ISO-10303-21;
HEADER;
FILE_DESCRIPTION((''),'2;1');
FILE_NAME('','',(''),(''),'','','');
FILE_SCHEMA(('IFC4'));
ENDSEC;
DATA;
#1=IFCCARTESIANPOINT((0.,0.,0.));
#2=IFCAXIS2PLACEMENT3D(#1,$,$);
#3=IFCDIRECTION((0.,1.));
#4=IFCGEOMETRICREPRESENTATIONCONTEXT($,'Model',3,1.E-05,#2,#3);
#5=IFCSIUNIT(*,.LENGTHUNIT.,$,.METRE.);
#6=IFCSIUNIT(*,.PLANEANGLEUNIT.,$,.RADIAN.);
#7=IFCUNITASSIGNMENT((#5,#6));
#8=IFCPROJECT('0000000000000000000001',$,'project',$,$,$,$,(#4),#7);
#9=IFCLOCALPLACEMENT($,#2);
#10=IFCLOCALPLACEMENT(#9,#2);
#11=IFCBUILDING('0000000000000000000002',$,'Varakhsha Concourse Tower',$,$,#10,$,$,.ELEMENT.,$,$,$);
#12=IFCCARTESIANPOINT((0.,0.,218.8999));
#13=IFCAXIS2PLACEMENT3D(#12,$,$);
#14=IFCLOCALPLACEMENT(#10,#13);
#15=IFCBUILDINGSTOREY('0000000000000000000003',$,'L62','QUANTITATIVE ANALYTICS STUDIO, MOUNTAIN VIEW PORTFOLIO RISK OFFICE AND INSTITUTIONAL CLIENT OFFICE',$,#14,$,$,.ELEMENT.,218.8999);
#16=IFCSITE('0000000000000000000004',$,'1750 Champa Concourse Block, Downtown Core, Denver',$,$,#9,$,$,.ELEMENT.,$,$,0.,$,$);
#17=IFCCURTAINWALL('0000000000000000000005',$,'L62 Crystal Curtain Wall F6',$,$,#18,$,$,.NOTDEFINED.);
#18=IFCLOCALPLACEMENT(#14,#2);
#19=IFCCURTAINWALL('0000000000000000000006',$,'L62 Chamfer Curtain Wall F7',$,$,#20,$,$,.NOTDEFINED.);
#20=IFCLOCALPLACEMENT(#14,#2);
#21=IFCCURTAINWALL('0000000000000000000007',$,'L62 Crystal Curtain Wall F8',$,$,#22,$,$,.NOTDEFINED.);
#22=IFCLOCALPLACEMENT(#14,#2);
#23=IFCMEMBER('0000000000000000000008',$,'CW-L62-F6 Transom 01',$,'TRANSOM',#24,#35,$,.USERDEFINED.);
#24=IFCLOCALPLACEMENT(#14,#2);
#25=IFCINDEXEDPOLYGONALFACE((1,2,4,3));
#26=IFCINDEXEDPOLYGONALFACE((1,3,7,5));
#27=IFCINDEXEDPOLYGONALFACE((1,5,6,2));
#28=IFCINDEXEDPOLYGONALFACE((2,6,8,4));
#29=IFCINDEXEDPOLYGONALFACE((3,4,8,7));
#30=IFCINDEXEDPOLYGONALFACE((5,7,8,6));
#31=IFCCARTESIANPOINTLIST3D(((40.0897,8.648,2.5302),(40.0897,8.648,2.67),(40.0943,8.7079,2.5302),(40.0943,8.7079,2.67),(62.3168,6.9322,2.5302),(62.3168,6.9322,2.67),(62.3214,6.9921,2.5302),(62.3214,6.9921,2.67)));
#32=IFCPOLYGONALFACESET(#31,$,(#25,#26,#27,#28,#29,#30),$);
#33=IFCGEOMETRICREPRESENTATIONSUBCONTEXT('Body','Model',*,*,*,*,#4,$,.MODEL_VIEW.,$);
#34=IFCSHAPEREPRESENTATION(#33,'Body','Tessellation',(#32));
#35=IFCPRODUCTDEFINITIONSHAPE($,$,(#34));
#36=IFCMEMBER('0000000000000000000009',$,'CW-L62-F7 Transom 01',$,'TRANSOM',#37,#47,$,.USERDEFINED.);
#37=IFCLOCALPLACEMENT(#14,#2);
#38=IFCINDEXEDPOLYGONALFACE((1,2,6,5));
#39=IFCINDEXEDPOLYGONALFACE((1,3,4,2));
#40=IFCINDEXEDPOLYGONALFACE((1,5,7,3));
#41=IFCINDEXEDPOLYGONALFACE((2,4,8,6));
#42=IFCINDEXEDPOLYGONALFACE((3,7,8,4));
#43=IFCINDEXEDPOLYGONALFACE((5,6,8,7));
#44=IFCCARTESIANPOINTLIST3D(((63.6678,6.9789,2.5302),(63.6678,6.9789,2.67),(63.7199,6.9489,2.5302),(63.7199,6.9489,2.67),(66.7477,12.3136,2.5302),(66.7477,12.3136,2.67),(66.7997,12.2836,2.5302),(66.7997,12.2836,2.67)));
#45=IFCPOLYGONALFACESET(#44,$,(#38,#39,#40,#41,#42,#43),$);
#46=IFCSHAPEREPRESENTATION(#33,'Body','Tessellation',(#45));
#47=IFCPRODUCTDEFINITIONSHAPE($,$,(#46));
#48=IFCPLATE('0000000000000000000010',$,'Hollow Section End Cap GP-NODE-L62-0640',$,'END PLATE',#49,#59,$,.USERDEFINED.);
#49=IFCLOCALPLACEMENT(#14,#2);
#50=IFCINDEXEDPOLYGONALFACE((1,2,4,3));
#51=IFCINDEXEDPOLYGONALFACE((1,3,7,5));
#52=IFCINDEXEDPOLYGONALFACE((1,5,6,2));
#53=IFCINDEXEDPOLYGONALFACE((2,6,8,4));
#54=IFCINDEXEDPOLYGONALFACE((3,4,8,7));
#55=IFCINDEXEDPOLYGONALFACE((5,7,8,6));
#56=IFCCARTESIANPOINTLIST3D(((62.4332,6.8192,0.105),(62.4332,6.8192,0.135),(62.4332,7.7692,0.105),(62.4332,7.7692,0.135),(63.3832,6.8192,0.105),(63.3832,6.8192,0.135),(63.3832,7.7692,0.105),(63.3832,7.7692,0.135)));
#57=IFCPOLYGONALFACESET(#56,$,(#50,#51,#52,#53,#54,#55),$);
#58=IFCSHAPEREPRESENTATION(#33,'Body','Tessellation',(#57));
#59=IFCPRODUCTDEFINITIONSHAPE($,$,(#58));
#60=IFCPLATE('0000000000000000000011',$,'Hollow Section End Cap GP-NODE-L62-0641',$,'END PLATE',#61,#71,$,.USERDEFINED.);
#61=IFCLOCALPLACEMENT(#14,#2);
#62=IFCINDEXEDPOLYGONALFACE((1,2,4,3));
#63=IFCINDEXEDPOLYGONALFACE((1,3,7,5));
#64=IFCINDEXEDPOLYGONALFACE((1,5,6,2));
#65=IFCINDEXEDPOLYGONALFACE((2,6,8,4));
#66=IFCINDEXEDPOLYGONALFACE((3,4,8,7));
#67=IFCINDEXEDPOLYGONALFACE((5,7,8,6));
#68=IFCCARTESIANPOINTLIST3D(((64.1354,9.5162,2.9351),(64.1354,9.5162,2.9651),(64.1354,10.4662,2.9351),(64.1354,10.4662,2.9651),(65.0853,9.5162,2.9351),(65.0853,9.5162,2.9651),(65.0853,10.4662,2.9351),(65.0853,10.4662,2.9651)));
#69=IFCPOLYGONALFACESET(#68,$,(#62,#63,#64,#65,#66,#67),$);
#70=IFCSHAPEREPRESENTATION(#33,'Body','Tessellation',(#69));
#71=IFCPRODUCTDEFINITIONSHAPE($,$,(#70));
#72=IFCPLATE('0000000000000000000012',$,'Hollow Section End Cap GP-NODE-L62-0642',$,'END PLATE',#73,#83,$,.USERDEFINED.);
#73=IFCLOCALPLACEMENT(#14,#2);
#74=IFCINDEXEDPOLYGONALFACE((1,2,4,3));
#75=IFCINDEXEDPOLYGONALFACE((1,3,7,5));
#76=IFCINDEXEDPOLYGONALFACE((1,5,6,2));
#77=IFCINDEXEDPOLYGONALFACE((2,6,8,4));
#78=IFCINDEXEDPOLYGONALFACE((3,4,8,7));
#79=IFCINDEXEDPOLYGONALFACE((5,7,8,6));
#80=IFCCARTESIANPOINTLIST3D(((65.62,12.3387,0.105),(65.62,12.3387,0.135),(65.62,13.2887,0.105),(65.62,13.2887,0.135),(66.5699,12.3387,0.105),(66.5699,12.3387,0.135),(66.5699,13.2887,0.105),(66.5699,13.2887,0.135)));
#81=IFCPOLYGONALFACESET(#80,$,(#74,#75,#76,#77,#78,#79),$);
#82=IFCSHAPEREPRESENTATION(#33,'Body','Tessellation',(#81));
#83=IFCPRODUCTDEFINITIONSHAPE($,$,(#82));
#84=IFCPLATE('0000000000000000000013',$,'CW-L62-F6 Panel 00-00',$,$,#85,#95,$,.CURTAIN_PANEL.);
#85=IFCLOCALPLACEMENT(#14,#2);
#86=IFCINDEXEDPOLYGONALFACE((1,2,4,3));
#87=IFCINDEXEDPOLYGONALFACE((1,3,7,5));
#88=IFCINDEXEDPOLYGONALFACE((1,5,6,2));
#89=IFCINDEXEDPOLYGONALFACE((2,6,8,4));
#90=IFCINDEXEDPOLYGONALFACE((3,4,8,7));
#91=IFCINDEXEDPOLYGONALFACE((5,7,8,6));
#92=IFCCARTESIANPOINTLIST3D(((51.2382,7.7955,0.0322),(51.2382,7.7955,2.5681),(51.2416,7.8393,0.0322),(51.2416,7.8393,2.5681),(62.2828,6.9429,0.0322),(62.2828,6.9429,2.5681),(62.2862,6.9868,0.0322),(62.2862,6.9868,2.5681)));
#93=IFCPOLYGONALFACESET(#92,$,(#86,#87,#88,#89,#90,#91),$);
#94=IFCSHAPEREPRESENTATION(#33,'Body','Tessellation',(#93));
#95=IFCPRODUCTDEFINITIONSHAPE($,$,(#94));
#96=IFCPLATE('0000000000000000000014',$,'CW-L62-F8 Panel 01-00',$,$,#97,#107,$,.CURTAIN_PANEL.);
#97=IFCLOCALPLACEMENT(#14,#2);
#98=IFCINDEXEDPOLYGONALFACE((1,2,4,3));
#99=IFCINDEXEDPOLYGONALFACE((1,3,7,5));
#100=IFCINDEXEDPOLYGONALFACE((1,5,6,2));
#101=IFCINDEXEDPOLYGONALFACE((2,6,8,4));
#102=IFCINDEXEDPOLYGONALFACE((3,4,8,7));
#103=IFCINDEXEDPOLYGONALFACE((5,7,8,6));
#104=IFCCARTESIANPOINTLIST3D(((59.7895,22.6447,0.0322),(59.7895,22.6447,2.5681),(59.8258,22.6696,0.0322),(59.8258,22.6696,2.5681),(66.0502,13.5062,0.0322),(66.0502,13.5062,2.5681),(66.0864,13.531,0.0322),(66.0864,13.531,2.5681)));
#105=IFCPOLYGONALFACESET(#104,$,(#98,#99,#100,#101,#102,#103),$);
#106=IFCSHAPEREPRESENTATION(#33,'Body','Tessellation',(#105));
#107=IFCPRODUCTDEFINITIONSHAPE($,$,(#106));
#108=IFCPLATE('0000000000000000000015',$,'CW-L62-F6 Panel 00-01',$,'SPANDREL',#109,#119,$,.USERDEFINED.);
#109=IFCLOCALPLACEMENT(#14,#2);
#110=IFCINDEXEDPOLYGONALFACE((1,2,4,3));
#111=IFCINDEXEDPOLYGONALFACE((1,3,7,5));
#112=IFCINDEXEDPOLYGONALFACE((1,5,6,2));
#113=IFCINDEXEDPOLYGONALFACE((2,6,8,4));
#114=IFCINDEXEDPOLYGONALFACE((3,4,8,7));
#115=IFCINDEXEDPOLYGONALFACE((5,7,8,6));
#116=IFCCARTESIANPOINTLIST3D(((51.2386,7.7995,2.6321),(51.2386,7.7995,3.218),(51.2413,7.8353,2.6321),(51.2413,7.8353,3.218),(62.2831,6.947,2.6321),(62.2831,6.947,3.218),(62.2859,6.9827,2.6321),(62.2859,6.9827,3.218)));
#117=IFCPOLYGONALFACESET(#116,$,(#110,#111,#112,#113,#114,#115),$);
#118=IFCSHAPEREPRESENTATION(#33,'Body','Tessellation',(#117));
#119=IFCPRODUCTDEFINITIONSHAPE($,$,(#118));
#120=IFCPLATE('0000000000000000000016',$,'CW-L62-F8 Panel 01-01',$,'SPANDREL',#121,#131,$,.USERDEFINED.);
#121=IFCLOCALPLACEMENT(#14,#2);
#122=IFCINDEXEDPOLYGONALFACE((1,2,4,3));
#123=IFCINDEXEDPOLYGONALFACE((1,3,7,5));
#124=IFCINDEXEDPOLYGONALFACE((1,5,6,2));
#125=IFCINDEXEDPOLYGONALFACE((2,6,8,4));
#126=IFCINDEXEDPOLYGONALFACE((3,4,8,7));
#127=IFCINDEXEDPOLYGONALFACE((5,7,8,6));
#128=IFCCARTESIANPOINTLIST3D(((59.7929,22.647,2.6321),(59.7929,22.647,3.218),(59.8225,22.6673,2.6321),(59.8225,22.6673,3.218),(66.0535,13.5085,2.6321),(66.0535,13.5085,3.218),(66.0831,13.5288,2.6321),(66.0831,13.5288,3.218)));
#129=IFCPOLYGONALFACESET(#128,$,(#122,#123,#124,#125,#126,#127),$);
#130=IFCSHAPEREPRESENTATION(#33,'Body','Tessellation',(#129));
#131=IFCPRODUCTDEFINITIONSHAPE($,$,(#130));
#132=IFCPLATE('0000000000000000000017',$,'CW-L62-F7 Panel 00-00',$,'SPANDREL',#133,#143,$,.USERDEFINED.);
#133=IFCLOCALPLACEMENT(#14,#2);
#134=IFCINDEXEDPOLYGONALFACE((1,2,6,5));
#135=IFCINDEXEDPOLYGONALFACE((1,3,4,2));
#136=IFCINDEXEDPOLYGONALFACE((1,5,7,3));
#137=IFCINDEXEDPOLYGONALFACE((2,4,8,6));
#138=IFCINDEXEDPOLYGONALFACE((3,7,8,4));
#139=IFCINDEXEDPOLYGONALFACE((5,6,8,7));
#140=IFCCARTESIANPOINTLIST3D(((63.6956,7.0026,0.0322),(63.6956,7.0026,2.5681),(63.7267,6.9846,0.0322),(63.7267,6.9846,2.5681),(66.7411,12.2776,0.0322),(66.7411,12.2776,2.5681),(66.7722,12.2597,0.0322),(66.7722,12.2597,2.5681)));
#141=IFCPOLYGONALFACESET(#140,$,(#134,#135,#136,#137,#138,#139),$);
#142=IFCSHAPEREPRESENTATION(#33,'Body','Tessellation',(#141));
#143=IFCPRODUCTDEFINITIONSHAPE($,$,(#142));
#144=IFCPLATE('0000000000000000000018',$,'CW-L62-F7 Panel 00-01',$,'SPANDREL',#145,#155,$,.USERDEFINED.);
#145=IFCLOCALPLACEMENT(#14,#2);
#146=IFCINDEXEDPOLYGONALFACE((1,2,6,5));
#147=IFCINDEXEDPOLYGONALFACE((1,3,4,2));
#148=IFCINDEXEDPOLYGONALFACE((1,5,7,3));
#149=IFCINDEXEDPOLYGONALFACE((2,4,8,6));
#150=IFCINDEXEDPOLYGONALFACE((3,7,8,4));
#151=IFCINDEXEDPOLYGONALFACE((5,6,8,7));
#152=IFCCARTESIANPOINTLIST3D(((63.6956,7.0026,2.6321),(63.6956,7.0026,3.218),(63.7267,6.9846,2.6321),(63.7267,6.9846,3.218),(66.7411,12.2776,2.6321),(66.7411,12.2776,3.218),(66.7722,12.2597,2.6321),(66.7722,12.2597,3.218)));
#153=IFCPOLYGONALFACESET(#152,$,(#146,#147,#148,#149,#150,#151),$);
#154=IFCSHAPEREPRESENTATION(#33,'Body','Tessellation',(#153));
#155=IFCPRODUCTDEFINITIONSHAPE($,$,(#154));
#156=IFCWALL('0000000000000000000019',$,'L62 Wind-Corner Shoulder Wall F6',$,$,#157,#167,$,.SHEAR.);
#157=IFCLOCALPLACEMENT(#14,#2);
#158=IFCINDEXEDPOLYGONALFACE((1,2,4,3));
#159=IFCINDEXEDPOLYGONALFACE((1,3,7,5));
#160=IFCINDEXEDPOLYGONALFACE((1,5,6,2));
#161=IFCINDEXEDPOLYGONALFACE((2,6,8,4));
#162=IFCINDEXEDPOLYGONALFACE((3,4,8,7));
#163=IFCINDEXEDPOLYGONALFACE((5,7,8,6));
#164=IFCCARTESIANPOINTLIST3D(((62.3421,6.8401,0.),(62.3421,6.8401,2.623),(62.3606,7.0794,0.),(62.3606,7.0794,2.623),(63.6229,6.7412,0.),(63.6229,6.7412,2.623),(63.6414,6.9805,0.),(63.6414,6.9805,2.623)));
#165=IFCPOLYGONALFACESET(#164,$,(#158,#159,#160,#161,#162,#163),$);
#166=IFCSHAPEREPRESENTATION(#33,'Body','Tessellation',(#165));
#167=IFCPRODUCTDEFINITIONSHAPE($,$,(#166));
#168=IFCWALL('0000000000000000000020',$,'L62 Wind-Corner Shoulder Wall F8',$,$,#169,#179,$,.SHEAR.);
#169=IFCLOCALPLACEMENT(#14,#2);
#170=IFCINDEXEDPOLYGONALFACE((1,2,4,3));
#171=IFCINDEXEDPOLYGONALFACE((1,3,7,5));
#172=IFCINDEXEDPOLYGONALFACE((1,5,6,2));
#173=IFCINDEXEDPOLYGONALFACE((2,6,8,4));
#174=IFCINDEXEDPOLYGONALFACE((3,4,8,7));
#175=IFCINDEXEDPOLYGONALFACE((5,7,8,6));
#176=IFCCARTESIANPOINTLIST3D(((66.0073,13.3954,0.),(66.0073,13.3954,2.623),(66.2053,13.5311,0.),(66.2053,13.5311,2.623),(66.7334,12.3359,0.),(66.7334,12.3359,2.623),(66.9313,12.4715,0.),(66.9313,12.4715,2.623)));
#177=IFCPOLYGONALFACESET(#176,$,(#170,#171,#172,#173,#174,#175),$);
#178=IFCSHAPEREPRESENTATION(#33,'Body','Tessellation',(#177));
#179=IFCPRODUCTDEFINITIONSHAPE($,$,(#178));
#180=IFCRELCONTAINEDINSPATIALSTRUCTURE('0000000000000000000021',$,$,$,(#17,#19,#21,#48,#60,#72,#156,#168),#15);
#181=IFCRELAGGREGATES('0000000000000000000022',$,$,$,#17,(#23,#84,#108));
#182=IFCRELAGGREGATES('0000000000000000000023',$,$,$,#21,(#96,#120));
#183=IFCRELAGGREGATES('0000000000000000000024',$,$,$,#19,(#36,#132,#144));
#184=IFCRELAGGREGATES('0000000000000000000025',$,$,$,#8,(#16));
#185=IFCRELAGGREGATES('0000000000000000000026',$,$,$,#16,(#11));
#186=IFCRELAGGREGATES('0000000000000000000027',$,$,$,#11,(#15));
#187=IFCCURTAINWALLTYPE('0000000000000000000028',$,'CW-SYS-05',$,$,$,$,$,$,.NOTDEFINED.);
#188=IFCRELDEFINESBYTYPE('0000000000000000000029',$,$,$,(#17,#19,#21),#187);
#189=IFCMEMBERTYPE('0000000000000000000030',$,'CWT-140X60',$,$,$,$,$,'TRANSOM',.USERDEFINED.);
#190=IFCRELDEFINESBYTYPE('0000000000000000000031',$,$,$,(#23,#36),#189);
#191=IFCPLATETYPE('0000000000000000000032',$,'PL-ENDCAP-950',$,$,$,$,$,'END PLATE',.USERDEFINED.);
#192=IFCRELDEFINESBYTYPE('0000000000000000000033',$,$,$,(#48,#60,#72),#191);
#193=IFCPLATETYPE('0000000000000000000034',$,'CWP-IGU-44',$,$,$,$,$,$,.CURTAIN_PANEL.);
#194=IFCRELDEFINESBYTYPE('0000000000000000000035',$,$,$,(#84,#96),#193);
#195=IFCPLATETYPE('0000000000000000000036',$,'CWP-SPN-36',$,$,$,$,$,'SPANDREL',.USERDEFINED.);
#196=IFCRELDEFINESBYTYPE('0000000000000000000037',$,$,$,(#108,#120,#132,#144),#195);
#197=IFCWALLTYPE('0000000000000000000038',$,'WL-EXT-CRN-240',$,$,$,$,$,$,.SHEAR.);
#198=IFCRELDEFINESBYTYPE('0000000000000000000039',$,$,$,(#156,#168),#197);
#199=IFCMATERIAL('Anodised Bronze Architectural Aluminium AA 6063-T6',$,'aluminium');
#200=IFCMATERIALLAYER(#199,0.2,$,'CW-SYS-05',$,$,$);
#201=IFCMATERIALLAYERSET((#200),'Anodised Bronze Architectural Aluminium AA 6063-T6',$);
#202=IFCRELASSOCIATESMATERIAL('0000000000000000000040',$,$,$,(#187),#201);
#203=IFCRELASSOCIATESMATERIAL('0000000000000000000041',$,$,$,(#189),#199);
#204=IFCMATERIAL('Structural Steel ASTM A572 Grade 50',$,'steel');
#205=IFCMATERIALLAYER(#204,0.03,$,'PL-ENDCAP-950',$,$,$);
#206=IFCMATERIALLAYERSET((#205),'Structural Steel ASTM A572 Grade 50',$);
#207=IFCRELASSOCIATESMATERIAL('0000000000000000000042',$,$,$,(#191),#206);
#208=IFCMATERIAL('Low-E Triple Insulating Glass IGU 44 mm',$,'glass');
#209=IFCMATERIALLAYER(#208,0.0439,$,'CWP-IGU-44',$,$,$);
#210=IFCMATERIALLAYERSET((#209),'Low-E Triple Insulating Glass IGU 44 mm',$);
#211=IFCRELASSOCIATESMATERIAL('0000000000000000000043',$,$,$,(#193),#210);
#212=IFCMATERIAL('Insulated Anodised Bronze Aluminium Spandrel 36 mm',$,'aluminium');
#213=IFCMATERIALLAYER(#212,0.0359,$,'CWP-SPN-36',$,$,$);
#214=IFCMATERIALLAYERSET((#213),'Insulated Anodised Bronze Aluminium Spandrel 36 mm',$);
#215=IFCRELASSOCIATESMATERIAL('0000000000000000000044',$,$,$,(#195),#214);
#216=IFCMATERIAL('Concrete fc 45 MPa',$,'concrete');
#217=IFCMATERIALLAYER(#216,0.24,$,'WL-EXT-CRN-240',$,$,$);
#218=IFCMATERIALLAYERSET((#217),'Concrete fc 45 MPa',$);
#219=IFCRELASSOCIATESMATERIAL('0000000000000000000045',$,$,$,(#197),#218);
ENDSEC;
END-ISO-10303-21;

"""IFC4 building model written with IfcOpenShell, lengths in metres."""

from ifc_helpers import new_model, si_unit, direction, frame, frame_2d, origin, origin_2d, place, context, subcontext, project, spatial, rectangle, extrude, source, transform, mapped, material, layer, layer_set, material_profile, profile_set, type_object, type_shapes, element, aggregate, save


model = new_model("IFC4")

# Units and contexts
model_context = context("Model", 3, precision=1e-05, world=origin(), true_north=direction((0.0, 1.0)))
body_context = subcontext(model_context, "Body", "Model", "MODEL_VIEW")
ifc_project = project(units=[si_unit("LENGTHUNIT", "METRE"), si_unit("PLANEANGLEUNIT", "RADIAN")], contexts=[model_context])

# Site, building, storey
site_placement = place(None, origin())
site = spatial("IfcSite", under=ifc_project, at=site_placement, Name="1750 Champa Concourse Block, Downtown Core, Denver", CompositionType="ELEMENT", RefElevation=0.0)
building_placement = place(site_placement, origin())
building = spatial("IfcBuilding", under=site, at=building_placement, Name="Varakhsha Concourse Tower", CompositionType="ELEMENT")
storey_placement = place(building_placement, frame((0.0, 0.0, 218.8999)))
storey = spatial("IfcBuildingStorey", under=building, at=storey_placement, Name="L62", Description="QUANTITATIVE ANALYTICS STUDIO, MOUNTAIN VIEW PORTFOLIO RISK OFFICE AND INSTITUTIONAL CLIENT OFFICE", CompositionType="ELEMENT", Elevation=218.8999)

# Shared definitions
ifc_material_1 = material(Name="Structural Steel ASTM A572 Grade 50", Category="steel")

# Curtain wall
ifc_material_2 = material(Name="Anodised Bronze Architectural Aluminium AA 6063-T6", Category="aluminium")
ifc_layer_1 = layer(ifc_material_2, 0.2, Name="CW-SYS-05")
ifc_layer_set_1 = layer_set([ifc_layer_1], Name="Anodised Bronze Architectural Aluminium AA 6063-T6")
curtain_wall_type = type_object("IfcCurtainWallType", Name="CW-SYS-05", PredefinedType="NOTDEFINED", material=ifc_layer_set_1)
curtain_wall_1_placement = place(storey_placement, origin())
curtain_wall_1 = element("IfcCurtainWall", 1, at=curtain_wall_1_placement, inside=storey, type_object=curtain_wall_type, Name="L62 Crystal Curtain Wall F6", PredefinedType="NOTDEFINED")

# Curtain wall
curtain_wall_2_placement = place(storey_placement, origin())
curtain_wall_2 = element("IfcCurtainWall", 2, at=curtain_wall_2_placement, inside=storey, type_object=curtain_wall_type, Name="L62 Chamfer Curtain Wall F7", PredefinedType="NOTDEFINED")

# Curtain wall
curtain_wall_3_placement = place(storey_placement, origin())
curtain_wall_3 = element("IfcCurtainWall", 3, at=curtain_wall_3_placement, inside=storey, type_object=curtain_wall_type, Name="L62 Crystal Curtain Wall F8", PredefinedType="NOTDEFINED")

# Members
ifc_material_profile_1 = material_profile(ifc_material_2, rectangle(XDim=0.0601, YDim=0.1399, at=origin_2d()), Name="CWT-140X60")
ifc_profile_set_1 = profile_set([ifc_material_profile_1], Name="Anodised Bronze Architectural Aluminium AA 6063-T6")
member_type_1 = type_object("IfcMemberType", Name="CWT-140X60", ElementType="TRANSOM", PredefinedType="USERDEFINED", material=ifc_profile_set_1)
shared_shape_1 = source(origin(), body_context, "Body", "SweptSolid", [
    extrude(rectangle(XDim=0.0601, YDim=0.1399, at=origin_2d()), origin(), (0.0, 0.0, 1.0), 22.2932),
])
member_1_placement = place(storey_placement, frame((62.3191, 6.9622, 2.6001), z_axis=(-0.997034, 0.076966, 0.0), x_axis=(-0.076966, -0.997034, 0.0)))
member_1 = element("IfcMember", 4, at=member_1_placement, type_object=member_type_1, Name="CW-L62-F6 Transom 01", ObjectType="TRANSOM", PredefinedType="USERDEFINED", context=body_context, shape_type="MappedRepresentation", body=[
    mapped(shared_shape_1, transform((0.0, 0.0, 0.0), scale=1.0)),
])
shared_shape_2 = source(origin(), body_context, "Body", "SweptSolid", [
    extrude(rectangle(XDim=0.0601, YDim=0.1399, at=origin_2d()), origin(), (0.0, 0.0, 1.0), 6.1599),
])
type_shapes(member_type_1, [shared_shape_1, shared_shape_2])
member_2_placement = place(storey_placement, frame((66.7737, 12.2986, 2.6001), z_axis=(-0.49998, -0.866037, 0.0), x_axis=(0.866037, -0.49998, 0.0)))
member_2 = element("IfcMember", 5, at=member_2_placement, type_object=member_type_1, Name="CW-L62-F7 Transom 01", ObjectType="TRANSOM", PredefinedType="USERDEFINED", context=body_context, shape_type="MappedRepresentation", body=[
    mapped(shared_shape_2, transform((0.0, 0.0, 0.0), scale=1.0)),
])

# Plates
ifc_layer_2 = layer(ifc_material_1, 0.03, Name="PL-ENDCAP-950")
ifc_layer_set_2 = layer_set([ifc_layer_2], Name="Structural Steel ASTM A572 Grade 50")
plate_type_1 = type_object("IfcPlateType", Name="PL-ENDCAP-950", ElementType="END PLATE", PredefinedType="USERDEFINED", material=ifc_layer_set_2)
shared_shape_3 = source(origin(), body_context, "Body", "SweptSolid", [
    extrude(rectangle(XDim=0.95, YDim=0.95, at=origin_2d()), origin(), (0.0, 0.0, 1.0), 0.03),
])
type_shapes(plate_type_1, [shared_shape_3])
for number, where, z_axis, x_axis, name in (
    (6, (62.9082, 7.2942, 0.105), (0.0, 0.0, 1.0), (1.0, 0.0, 0.0), "Hollow Section End Cap GP-NODE-L62-0640"),
    (7, (64.6104, 9.9912, 2.9351), (0.0, 0.0, 1.0), (1.0, 0.0, 0.0), "Hollow Section End Cap GP-NODE-L62-0641"),
    (8, (66.095, 12.8137, 0.105), (0.0, 0.0, 1.0), (1.0, 0.0, 0.0), "Hollow Section End Cap GP-NODE-L62-0642"),
):
    element("IfcPlate", number, at=place(storey_placement, frame(where, z_axis=z_axis, x_axis=x_axis)), inside=storey, type_object=plate_type_1, Name=name, ObjectType="END PLATE", PredefinedType="USERDEFINED", context=body_context, shape_type="MappedRepresentation", body=[
        mapped(shared_shape_3, transform((0.0, 0.0, 0.0), scale=1.0)),
    ])

# Plates
ifc_material_3 = material(Name="Low-E Triple Insulating Glass IGU 44 mm", Category="glass")
ifc_layer_3 = layer(ifc_material_3, 0.0439, Name="CWP-IGU-44")
ifc_layer_set_3 = layer_set([ifc_layer_3], Name="Low-E Triple Insulating Glass IGU 44 mm")
plate_type_2 = type_object("IfcPlateType", Name="CWP-IGU-44", PredefinedType="CURTAIN_PANEL", material=ifc_layer_set_3)
shared_shape_4 = source(origin(), body_context, "Body", "SweptSolid", [
    extrude(rectangle(XDim=11.0774, YDim=0.0439, at=origin_2d()), origin(), (0.0, 0.0, 1.0), 2.5359),
])
type_shapes(plate_type_2, [shared_shape_4])
plate_1_placement = place(storey_placement, frame((56.7622, 7.3911, 0.0322), z_axis=(0.0, 0.0, 1.0), x_axis=(-0.997034, 0.076961, 0.0)))
plate_1 = element("IfcPlate", 9, at=plate_1_placement, type_object=plate_type_2, Name="CW-L62-F6 Panel 00-00", PredefinedType="CURTAIN_PANEL", context=body_context, shape_type="MappedRepresentation", body=[
    mapped(shared_shape_4, transform((0.0, 0.0, 0.0), scale=1.0)),
])
plate_2_placement = place(storey_placement, frame((62.938, 18.0879, 0.0322), z_axis=(0.0, 0.0, 1.0), x_axis=(0.565173, -0.824972, 0.0)))
plate_2 = element("IfcPlate", 10, at=plate_2_placement, type_object=plate_type_2, Name="CW-L62-F8 Panel 01-00", PredefinedType="CURTAIN_PANEL", context=body_context, shape_type="MappedRepresentation", body=[
    mapped(shared_shape_4, transform((0.0, 0.0, 0.0), scale=1.0)),
])
ifc_material_4 = material(Name="Insulated Anodised Bronze Aluminium Spandrel 36 mm", Category="aluminium")
ifc_layer_4 = layer(ifc_material_4, 0.0359, Name="CWP-SPN-36")
ifc_layer_set_4 = layer_set([ifc_layer_4], Name="Insulated Anodised Bronze Aluminium Spandrel 36 mm")
plate_type_3 = type_object("IfcPlateType", Name="CWP-SPN-36", ElementType="SPANDREL", PredefinedType="USERDEFINED", material=ifc_layer_set_4)
shared_shape_5 = source(origin(), body_context, "Body", "SweptSolid", [
    extrude(rectangle(XDim=11.0774, YDim=0.0359, at=origin_2d()), origin(), (0.0, 0.0, 1.0), 0.5859),
])
plate_3_placement = place(storey_placement, frame((56.7622, 7.3911, 2.6321), z_axis=(0.0, 0.0, 1.0), x_axis=(-0.997034, 0.076961, 0.0)))
plate_3 = element("IfcPlate", 11, at=plate_3_placement, type_object=plate_type_3, Name="CW-L62-F6 Panel 00-01", ObjectType="SPANDREL", PredefinedType="USERDEFINED", context=body_context, shape_type="MappedRepresentation", body=[
    mapped(shared_shape_5, transform((0.0, 0.0, 0.0), scale=1.0)),
])
aggregate(curtain_wall_1, [member_1, plate_1, plate_3])
plate_4_placement = place(storey_placement, frame((62.938, 18.0879, 2.6321), z_axis=(0.0, 0.0, 1.0), x_axis=(0.565173, -0.824972, 0.0)))
plate_4 = element("IfcPlate", 12, at=plate_4_placement, type_object=plate_type_3, Name="CW-L62-F8 Panel 01-01", ObjectType="SPANDREL", PredefinedType="USERDEFINED", context=body_context, shape_type="MappedRepresentation", body=[
    mapped(shared_shape_5, transform((0.0, 0.0, 0.0), scale=1.0)),
])
aggregate(curtain_wall_3, [plate_2, plate_4])
shared_shape_6 = source(origin(), body_context, "Body", "SweptSolid", [
    extrude(rectangle(XDim=6.0911, YDim=0.0359, at=origin_2d()), origin(), (0.0, 0.0, 1.0), 2.5359),
])
plate_5_placement = place(storey_placement, frame((65.2339, 9.6311, 0.0322), z_axis=(0.0, 0.0, 1.0), x_axis=(-0.499994, -0.866029, 0.0)))
plate_5 = element("IfcPlate", 13, at=plate_5_placement, type_object=plate_type_3, Name="CW-L62-F7 Panel 00-00", ObjectType="SPANDREL", PredefinedType="USERDEFINED", context=body_context, shape_type="MappedRepresentation", body=[
    mapped(shared_shape_6, transform((0.0, 0.0, 0.0), scale=1.0)),
])
shared_shape_7 = source(origin(), body_context, "Body", "SweptSolid", [
    extrude(rectangle(XDim=6.0911, YDim=0.0359, at=origin_2d()), origin(), (0.0, 0.0, 1.0), 0.5859),
])
type_shapes(plate_type_3, [shared_shape_5, shared_shape_6, shared_shape_7])
plate_6_placement = place(storey_placement, frame((65.2339, 9.6311, 2.6321), z_axis=(0.0, 0.0, 1.0), x_axis=(-0.499994, -0.866029, 0.0)))
plate_6 = element("IfcPlate", 14, at=plate_6_placement, type_object=plate_type_3, Name="CW-L62-F7 Panel 00-01", ObjectType="SPANDREL", PredefinedType="USERDEFINED", context=body_context, shape_type="MappedRepresentation", body=[
    mapped(shared_shape_7, transform((0.0, 0.0, 0.0), scale=1.0)),
])
aggregate(curtain_wall_2, [member_2, plate_5, plate_6])

# Walls
ifc_material_5 = material(Name="Concrete fc 45 MPa", Category="concrete")
ifc_layer_5 = layer(ifc_material_5, 0.24, Name="WL-EXT-CRN-240")
ifc_layer_set_5 = layer_set([ifc_layer_5], Name="Concrete fc 45 MPa")
wall_type = type_object("IfcWallType", Name="WL-EXT-CRN-240", PredefinedType="SHEAR", material=ifc_layer_set_5)
wall_1_placement = place(storey_placement, frame((62.3513, 6.9597, 0.0), z_axis=(0.0, 0.0, 1.0), x_axis=(0.997033, -0.076973, 0.0)))
element("IfcWall", 15, at=wall_1_placement, inside=storey, type_object=wall_type, Name="L62 Wind-Corner Shoulder Wall F6", PredefinedType="SHEAR", context=body_context, shape_type="SweptSolid", body=[
    extrude(rectangle(XDim=1.2847, YDim=0.24, at=frame_2d((0.6423, 0.0))), origin(), (0.0, 0.0, 1.0), 2.623),
])
wall_2_placement = place(storey_placement, frame((66.8323, 12.4038, 0.0), z_axis=(0.0, 0.0, 1.0), x_axis=(-0.56527, 0.824906, 0.0)))
element("IfcWall", 16, at=wall_2_placement, inside=storey, type_object=wall_type, Name="L62 Wind-Corner Shoulder Wall F8", PredefinedType="SHEAR", context=body_context, shape_type="SweptSolid", body=[
    extrude(rectangle(XDim=1.2844, YDim=0.24, at=frame_2d((0.6421, 0.0))), origin(), (0.0, 0.0, 1.0), 2.623),
])

save(model, "model.ifc")
